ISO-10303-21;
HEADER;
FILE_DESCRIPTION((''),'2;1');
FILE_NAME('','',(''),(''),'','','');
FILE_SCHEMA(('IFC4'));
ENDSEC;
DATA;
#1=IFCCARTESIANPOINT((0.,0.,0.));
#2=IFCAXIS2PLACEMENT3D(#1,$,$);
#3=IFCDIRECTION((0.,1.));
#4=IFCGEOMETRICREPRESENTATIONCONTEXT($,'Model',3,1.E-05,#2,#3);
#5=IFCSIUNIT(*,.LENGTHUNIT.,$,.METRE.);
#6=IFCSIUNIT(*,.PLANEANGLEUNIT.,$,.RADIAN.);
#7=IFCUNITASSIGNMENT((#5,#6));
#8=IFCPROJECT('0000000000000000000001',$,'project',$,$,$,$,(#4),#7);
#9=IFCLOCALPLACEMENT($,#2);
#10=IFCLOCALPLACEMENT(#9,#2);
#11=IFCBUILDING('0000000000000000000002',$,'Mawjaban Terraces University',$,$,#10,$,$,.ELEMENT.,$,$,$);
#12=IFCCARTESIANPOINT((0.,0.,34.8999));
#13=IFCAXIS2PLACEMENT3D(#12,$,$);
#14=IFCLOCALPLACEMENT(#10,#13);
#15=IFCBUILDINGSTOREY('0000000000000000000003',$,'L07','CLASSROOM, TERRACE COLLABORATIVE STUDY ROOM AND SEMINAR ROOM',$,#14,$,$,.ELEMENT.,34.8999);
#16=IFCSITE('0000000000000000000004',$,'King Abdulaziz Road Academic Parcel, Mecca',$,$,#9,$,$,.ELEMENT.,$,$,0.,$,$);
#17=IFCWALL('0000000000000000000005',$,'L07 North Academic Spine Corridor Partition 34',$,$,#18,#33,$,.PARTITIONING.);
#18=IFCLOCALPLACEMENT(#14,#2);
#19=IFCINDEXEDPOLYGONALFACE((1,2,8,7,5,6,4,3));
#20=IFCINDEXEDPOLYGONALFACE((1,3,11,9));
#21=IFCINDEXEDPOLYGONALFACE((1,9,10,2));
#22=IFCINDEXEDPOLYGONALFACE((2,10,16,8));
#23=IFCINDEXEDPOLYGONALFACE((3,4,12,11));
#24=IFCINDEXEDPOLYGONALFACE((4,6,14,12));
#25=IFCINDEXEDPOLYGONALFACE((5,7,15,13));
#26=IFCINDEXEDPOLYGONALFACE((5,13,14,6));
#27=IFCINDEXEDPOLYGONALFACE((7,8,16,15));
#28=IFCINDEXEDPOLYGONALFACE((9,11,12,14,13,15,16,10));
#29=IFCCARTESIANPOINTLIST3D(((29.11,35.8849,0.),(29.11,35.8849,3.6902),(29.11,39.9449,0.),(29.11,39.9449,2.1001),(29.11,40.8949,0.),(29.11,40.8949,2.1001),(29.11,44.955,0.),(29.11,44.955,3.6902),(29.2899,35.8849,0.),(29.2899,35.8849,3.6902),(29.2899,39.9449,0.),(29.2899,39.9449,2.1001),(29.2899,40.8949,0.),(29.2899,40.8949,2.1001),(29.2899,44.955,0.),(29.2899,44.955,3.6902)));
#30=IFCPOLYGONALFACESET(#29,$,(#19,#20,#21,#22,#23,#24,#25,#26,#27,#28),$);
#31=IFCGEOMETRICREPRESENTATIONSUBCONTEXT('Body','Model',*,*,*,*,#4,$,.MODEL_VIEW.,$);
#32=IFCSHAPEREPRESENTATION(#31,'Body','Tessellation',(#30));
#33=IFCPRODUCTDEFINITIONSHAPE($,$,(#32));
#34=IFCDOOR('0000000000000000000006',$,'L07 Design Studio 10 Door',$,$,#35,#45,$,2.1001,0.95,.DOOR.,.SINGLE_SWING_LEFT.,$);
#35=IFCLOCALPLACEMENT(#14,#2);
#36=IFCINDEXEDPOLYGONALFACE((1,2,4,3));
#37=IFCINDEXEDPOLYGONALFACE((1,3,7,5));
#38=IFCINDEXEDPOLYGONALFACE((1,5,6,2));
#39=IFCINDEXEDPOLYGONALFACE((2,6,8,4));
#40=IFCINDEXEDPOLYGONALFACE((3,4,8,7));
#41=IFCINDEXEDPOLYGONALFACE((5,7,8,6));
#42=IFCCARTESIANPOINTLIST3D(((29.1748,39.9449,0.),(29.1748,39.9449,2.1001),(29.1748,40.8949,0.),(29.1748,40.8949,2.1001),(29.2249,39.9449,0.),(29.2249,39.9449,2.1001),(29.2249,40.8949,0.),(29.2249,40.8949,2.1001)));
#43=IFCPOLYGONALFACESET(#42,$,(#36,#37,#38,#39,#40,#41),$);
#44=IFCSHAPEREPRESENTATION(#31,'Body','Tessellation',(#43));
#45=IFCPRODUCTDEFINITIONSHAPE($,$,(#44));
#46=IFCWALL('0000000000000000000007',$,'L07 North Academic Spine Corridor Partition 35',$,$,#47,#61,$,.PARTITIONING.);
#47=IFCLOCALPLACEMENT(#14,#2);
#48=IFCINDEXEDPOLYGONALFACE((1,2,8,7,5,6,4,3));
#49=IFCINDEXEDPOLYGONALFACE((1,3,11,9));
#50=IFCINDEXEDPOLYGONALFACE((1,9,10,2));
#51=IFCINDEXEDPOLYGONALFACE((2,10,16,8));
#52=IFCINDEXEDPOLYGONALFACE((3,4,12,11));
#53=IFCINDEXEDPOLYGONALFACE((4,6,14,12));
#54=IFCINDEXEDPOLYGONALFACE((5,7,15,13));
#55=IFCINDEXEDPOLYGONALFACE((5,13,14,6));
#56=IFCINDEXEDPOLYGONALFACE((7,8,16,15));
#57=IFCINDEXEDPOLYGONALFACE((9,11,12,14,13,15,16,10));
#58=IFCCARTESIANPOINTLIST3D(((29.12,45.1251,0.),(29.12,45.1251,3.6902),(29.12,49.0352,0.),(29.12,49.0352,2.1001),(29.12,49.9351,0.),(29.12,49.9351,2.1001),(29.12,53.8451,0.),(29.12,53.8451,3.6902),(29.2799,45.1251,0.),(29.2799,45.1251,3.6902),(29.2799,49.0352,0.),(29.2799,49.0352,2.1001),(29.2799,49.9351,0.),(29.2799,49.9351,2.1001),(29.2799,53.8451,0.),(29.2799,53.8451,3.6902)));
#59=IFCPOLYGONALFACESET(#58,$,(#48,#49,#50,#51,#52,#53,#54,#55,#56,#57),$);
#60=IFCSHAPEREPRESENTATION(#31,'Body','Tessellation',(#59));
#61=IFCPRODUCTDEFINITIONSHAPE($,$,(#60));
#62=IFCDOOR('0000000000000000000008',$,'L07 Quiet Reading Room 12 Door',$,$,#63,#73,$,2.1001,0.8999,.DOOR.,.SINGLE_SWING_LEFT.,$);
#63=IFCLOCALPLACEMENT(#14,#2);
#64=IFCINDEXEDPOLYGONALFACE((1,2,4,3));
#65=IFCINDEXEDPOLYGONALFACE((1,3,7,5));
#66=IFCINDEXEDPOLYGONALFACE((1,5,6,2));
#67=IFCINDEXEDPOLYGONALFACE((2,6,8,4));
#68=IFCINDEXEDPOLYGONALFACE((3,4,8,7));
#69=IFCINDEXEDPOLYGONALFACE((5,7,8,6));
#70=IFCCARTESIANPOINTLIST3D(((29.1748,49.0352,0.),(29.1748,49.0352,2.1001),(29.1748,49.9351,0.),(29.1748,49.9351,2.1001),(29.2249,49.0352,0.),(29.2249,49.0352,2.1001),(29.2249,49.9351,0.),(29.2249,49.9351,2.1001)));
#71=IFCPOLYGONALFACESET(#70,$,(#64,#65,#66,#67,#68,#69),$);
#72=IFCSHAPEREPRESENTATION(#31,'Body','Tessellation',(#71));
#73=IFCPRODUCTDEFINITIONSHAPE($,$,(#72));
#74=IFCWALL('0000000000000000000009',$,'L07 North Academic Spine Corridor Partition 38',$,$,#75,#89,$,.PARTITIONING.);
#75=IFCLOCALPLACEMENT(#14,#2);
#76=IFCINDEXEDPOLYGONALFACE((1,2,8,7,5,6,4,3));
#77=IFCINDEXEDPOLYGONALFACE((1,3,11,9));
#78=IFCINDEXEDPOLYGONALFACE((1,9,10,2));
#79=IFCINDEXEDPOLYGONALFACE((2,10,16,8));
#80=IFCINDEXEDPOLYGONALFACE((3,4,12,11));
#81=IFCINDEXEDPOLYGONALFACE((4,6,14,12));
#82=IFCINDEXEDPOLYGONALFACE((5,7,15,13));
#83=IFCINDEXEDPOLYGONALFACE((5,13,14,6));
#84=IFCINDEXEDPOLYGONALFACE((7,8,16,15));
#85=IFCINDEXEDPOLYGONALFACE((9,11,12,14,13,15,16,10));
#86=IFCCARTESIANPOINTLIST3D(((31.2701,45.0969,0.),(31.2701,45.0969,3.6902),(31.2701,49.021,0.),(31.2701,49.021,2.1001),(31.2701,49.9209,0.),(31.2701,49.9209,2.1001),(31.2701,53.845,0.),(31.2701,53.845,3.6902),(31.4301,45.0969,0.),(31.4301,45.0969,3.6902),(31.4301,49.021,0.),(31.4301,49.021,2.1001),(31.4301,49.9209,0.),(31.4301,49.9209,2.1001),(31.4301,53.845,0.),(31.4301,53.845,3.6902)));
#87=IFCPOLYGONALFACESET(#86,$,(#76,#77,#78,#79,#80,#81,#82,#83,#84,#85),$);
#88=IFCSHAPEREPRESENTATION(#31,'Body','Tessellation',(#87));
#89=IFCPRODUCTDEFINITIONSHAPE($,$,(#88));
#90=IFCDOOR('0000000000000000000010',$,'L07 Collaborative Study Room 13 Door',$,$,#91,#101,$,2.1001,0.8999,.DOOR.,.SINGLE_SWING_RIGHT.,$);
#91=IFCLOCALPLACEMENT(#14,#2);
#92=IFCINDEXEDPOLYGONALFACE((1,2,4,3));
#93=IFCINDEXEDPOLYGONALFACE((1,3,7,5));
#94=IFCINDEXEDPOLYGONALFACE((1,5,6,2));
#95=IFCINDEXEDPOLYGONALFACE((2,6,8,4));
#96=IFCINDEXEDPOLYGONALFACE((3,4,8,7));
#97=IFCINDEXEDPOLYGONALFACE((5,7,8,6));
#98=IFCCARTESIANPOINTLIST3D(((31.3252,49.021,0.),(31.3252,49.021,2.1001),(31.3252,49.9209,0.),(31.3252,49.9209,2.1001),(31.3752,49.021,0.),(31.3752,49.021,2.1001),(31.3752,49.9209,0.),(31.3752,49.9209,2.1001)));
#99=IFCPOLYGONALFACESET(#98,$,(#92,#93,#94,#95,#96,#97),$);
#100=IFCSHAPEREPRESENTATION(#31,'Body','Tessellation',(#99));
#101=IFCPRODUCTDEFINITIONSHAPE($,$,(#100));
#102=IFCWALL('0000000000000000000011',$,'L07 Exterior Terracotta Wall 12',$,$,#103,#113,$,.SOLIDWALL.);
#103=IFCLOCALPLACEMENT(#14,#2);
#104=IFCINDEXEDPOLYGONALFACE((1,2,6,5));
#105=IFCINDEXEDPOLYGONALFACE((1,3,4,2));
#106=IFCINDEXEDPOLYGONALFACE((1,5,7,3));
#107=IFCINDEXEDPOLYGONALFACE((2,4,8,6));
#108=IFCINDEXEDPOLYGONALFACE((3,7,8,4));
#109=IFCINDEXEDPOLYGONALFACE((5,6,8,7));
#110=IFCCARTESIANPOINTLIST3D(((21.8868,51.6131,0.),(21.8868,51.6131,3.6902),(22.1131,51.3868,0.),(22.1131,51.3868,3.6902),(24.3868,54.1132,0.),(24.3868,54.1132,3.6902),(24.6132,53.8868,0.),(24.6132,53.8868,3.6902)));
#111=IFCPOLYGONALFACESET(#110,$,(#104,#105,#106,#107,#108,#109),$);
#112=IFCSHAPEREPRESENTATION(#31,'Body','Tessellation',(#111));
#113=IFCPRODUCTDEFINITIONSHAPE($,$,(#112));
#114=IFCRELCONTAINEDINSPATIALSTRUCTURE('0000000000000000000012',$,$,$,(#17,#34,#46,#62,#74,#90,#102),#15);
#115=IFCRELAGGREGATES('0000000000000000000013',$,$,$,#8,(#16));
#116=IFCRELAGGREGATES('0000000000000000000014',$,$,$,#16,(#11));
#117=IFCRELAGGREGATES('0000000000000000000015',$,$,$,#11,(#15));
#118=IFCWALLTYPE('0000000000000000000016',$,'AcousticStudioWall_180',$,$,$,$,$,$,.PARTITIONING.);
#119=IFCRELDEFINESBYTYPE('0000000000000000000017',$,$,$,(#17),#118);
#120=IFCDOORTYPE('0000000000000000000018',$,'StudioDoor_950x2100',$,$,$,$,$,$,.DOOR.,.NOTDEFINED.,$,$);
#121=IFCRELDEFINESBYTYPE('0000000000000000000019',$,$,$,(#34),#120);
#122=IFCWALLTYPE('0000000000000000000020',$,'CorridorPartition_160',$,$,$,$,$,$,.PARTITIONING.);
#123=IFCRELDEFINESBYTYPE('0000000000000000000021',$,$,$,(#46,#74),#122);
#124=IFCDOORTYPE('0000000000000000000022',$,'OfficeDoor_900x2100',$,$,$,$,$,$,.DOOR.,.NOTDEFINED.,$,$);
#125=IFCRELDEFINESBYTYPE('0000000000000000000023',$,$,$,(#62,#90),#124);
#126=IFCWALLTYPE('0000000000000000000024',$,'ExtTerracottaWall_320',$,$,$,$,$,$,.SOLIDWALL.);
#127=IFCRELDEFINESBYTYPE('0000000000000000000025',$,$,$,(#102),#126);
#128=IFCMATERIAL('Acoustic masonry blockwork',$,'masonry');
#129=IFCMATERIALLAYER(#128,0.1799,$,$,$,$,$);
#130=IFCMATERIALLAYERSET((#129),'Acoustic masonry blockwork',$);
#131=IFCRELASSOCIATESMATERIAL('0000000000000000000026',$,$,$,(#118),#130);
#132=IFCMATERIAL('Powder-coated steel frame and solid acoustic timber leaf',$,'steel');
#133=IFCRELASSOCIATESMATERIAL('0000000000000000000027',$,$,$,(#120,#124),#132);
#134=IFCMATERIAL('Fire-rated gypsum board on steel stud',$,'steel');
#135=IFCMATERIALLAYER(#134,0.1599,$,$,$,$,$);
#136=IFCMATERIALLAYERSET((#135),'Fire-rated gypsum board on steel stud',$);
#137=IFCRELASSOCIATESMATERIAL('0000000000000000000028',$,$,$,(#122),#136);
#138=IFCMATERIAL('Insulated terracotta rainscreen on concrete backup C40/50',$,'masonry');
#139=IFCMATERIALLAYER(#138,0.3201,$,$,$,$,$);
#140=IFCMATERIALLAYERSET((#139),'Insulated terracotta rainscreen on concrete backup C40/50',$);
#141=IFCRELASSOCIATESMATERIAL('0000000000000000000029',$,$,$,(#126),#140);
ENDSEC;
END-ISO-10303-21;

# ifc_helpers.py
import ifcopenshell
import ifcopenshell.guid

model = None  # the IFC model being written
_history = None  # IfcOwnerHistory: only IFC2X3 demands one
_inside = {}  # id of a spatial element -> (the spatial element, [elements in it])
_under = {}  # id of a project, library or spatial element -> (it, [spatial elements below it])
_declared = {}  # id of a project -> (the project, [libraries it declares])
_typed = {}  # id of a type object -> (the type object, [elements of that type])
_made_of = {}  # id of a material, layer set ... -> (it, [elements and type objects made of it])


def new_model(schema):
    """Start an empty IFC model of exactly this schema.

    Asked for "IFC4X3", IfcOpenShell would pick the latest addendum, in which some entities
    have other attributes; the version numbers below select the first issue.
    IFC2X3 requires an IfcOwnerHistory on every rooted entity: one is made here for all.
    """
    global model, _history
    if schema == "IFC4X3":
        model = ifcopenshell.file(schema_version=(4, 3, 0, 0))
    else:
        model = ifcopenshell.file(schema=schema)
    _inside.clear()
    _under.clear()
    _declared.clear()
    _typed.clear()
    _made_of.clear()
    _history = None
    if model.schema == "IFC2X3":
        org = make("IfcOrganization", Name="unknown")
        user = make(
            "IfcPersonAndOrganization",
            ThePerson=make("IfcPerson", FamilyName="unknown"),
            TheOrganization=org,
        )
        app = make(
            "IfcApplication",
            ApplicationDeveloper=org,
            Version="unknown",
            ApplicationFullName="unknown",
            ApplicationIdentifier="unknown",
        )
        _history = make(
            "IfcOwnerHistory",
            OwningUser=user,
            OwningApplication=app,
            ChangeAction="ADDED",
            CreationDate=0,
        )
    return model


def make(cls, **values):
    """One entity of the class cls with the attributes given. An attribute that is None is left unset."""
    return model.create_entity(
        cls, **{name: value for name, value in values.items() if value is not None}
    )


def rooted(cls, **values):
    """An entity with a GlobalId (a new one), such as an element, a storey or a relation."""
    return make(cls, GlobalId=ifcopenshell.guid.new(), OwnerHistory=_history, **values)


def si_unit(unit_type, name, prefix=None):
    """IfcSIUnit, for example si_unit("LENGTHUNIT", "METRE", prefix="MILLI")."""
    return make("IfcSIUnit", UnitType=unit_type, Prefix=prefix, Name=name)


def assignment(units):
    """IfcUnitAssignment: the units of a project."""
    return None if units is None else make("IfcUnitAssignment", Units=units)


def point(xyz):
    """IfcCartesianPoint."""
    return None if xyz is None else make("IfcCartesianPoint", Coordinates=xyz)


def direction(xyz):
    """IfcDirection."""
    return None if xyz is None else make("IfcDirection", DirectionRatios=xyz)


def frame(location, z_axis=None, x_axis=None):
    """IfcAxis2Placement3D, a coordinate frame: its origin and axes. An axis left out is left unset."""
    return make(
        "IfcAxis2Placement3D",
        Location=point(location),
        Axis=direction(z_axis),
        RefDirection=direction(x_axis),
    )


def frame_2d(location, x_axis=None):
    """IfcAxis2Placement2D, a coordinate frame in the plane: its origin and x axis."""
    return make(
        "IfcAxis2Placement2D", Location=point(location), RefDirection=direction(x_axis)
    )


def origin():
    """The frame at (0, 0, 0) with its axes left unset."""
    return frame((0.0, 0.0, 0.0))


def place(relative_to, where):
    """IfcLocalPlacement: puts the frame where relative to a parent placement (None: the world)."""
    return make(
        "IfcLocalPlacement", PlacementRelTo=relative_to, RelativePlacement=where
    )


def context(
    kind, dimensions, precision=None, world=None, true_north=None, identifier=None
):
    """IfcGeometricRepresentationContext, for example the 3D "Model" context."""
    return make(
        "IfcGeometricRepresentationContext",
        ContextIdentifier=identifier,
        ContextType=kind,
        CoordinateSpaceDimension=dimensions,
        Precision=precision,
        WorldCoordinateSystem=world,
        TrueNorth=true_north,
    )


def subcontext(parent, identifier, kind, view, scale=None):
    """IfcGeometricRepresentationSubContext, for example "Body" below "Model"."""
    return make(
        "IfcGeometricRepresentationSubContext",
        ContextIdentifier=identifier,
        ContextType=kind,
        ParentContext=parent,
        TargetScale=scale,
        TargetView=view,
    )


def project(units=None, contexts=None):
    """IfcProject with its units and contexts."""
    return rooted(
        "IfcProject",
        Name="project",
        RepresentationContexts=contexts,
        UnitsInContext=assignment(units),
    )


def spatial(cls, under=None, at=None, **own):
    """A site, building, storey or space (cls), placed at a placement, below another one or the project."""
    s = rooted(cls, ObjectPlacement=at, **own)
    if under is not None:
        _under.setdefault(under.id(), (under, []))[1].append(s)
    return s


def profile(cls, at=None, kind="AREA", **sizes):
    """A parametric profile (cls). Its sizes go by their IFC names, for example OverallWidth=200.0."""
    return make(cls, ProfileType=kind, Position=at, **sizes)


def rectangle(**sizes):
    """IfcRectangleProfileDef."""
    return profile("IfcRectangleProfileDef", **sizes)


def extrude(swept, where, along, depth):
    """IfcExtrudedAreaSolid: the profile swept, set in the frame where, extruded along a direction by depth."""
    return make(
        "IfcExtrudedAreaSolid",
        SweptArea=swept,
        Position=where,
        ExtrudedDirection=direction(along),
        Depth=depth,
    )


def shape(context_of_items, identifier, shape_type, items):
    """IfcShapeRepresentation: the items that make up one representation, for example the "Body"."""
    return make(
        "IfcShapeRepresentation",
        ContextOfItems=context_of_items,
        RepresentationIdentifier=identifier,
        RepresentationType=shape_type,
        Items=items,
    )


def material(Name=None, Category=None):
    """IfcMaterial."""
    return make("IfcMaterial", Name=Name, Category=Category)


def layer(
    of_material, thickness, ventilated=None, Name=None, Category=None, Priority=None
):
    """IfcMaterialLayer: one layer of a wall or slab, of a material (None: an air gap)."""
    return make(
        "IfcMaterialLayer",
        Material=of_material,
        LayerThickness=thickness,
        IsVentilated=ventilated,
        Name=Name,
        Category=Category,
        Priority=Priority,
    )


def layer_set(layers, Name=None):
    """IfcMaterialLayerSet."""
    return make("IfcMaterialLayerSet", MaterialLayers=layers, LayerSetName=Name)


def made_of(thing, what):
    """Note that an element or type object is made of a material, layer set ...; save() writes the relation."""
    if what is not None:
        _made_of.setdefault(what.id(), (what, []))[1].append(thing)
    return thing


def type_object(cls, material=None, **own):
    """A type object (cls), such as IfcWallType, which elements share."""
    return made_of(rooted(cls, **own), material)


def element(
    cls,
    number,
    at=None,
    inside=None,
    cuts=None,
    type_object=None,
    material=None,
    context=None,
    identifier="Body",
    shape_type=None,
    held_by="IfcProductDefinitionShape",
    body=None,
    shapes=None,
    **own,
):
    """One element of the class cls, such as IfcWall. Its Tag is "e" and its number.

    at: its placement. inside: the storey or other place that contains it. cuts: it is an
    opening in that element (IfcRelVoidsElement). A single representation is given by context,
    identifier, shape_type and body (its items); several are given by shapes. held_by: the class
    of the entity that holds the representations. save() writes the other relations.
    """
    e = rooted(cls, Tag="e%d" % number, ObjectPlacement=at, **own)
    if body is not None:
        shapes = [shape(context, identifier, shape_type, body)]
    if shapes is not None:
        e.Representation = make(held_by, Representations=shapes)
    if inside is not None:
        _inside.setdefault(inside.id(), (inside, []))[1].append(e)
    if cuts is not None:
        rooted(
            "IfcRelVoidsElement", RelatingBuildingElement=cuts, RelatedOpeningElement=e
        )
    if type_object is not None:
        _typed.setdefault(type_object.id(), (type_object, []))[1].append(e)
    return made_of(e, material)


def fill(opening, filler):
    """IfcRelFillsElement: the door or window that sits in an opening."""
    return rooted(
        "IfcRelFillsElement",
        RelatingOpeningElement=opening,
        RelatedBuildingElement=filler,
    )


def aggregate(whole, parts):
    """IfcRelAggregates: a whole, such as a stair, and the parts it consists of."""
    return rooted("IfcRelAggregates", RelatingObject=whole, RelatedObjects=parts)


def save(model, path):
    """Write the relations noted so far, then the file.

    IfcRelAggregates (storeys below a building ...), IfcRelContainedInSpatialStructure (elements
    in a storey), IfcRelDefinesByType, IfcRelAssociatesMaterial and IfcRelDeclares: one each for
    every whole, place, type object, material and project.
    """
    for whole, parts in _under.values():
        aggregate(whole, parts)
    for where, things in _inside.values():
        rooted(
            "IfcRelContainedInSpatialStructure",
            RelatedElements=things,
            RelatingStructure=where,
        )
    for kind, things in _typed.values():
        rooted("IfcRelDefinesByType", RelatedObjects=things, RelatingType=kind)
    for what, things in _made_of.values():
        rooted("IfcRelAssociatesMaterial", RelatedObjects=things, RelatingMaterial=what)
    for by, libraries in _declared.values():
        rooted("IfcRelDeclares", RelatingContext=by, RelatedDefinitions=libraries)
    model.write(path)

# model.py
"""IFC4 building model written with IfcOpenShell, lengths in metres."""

from ifc_helpers import new_model, si_unit, direction, frame, frame_2d, origin, place, context, subcontext, project, spatial, rectangle, extrude, material, layer, layer_set, type_object, element, fill, save


model = new_model("IFC4")

# Units and contexts
model_context = context("Model", 3, precision=1e-05, world=origin(), true_north=direction((0.0, 1.0)))
body_context = subcontext(model_context, "Body", "Model", "MODEL_VIEW")
ifc_project = project(units=[si_unit("LENGTHUNIT", "METRE"), si_unit("PLANEANGLEUNIT", "RADIAN")], contexts=[model_context])

# Site, building, storey
site_placement = place(None, origin())
site = spatial("IfcSite", under=ifc_project, at=site_placement, Name="King Abdulaziz Road Academic Parcel, Mecca", CompositionType="ELEMENT", RefElevation=0.0)
building_placement = place(site_placement, origin())
building = spatial("IfcBuilding", under=site, at=building_placement, Name="Mawjaban Terraces University", CompositionType="ELEMENT")
storey_placement = place(building_placement, frame((0.0, 0.0, 34.8999)))
storey = spatial("IfcBuildingStorey", under=building, at=storey_placement, Name="L07", Description="CLASSROOM, TERRACE COLLABORATIVE STUDY ROOM AND SEMINAR ROOM", CompositionType="ELEMENT", Elevation=34.8999)

# Shared definitions
ifc_material_1 = material(Name="Acoustic masonry blockwork", Category="masonry")
ifc_layer_1 = layer(ifc_material_1, 0.1799)
ifc_layer_set_1 = layer_set([ifc_layer_1], Name="Acoustic masonry blockwork")
wall_type_1 = type_object("IfcWallType", Name="AcousticStudioWall_180", PredefinedType="PARTITIONING", material=ifc_layer_set_1)

# Walls, openings, doors
wall_1_placement = place(storey_placement, frame((29.2, 44.9551, 0.0), z_axis=(0.0, 0.0, 1.0), x_axis=(0.0, -1.0, 0.0)))
wall_1 = element("IfcWall", 1, at=wall_1_placement, inside=storey, type_object=wall_type_1, Name="L07 North Academic Spine Corridor Partition 34", PredefinedType="PARTITIONING", context=body_context, shape_type="SweptSolid", body=[
    extrude(rectangle(XDim=9.0701, YDim=0.1799, at=frame_2d((4.5352, 0.0))), origin(), (0.0, 0.0, 1.0), 3.6902),
])
opening_1_placement = place(wall_1_placement, frame((4.0601, 0.0, 0.0)))
opening_1 = element("IfcOpeningElement", 2, at=opening_1_placement, cuts=wall_1, PredefinedType="OPENING", context=body_context, shape_type="SweptSolid", body=[
    extrude(rectangle(XDim=0.95, YDim=2.1001, at=frame_2d((0.4751, 1.05))), frame((0.0, 0.0999, 0.0), z_axis=(0.0, -1.0, 0.0), x_axis=(1.0, 0.0, 0.0)), (0.0, 0.0, 1.0), 0.2),
])
ifc_material_2 = material(Name="Powder-coated steel frame and solid acoustic timber leaf", Category="steel")
door_type_1 = type_object("IfcDoorType", Name="StudioDoor_950x2100", OperationType="NOTDEFINED", PredefinedType="DOOR", material=ifc_material_2)
door_1_placement = place(opening_1_placement, origin())
door_1 = element("IfcDoor", 3, at=door_1_placement, inside=storey, type_object=door_type_1, Name="L07 Design Studio 10 Door", OperationType="SINGLE_SWING_LEFT", OverallHeight=2.1001, OverallWidth=0.95, PredefinedType="DOOR", context=body_context, shape_type="SweptSolid", body=[
    extrude(rectangle(XDim=0.95, YDim=2.1001, at=frame_2d((0.4751, 1.05))), frame((0.0, 0.0249, 0.0), z_axis=(0.0, -1.0, 0.0), x_axis=(1.0, 0.0, 0.0)), (0.0, 0.0, 1.0), 0.05),
])
fill(opening_1, door_1)
ifc_material_3 = material(Name="Fire-rated gypsum board on steel stud", Category="steel")
ifc_layer_2 = layer(ifc_material_3, 0.1599)
ifc_layer_set_2 = layer_set([ifc_layer_2], Name="Fire-rated gypsum board on steel stud")
wall_type_2 = type_object("IfcWallType", Name="CorridorPartition_160", PredefinedType="PARTITIONING", material=ifc_layer_set_2)
wall_2_placement = place(storey_placement, frame((29.2, 53.845, 0.0), z_axis=(0.0, 0.0, 1.0), x_axis=(0.0, -1.0, 0.0)))
wall_2 = element("IfcWall", 4, at=wall_2_placement, inside=storey, type_object=wall_type_2, Name="L07 North Academic Spine Corridor Partition 35", PredefinedType="PARTITIONING", context=body_context, shape_type="SweptSolid", body=[
    extrude(rectangle(XDim=8.72, YDim=0.1599, at=frame_2d((4.3599, 0.0))), origin(), (0.0, 0.0, 1.0), 3.6902),
])
opening_2_placement = place(wall_2_placement, frame((3.9099, 0.0, 0.0)))
opening_2 = element("IfcOpeningElement", 5, at=opening_2_placement, cuts=wall_2, PredefinedType="OPENING", context=body_context, shape_type="SweptSolid", body=[
    extrude(rectangle(XDim=0.8999, YDim=2.1001, at=frame_2d((0.45, 1.05))), frame((0.0, 0.0898, 0.0), z_axis=(0.0, -1.0, 0.0), x_axis=(1.0, 0.0, 0.0)), (0.0, 0.0, 1.0), 0.1799),
])
door_type_2 = type_object("IfcDoorType", Name="OfficeDoor_900x2100", OperationType="NOTDEFINED", PredefinedType="DOOR", material=ifc_material_2)
door_2_placement = place(opening_2_placement, origin())
door_2 = element("IfcDoor", 6, at=door_2_placement, inside=storey, type_object=door_type_2, Name="L07 Quiet Reading Room 12 Door", OperationType="SINGLE_SWING_LEFT", OverallHeight=2.1001, OverallWidth=0.8999, PredefinedType="DOOR", context=body_context, shape_type="SweptSolid", body=[
    extrude(rectangle(XDim=0.8999, YDim=2.1001, at=frame_2d((0.45, 1.05))), frame((0.0, 0.0249, 0.0), z_axis=(0.0, -1.0, 0.0), x_axis=(1.0, 0.0, 0.0)), (0.0, 0.0, 1.0), 0.05),
])
fill(opening_2, door_2)
wall_3_placement = place(storey_placement, frame((31.3501, 45.0969, 0.0), z_axis=(0.0, 0.0, 1.0), x_axis=(0.0, 1.0, 0.0)))
wall_3 = element("IfcWall", 7, at=wall_3_placement, inside=storey, type_object=wall_type_2, Name="L07 North Academic Spine Corridor Partition 38", PredefinedType="PARTITIONING", context=body_context, shape_type="SweptSolid", body=[
    extrude(rectangle(XDim=8.748, YDim=0.1599, at=frame_2d((4.374, 0.0))), origin(), (0.0, 0.0, 1.0), 3.6902),
])
opening_3_placement = place(wall_3_placement, frame((3.9241, 0.0, 0.0)))
opening_3 = element("IfcOpeningElement", 8, at=opening_3_placement, cuts=wall_3, PredefinedType="OPENING", context=body_context, shape_type="SweptSolid", body=[
    extrude(rectangle(XDim=0.8999, YDim=2.1001, at=frame_2d((0.45, 1.05))), frame((0.0, 0.0898, 0.0), z_axis=(0.0, -1.0, 0.0), x_axis=(1.0, 0.0, 0.0)), (0.0, 0.0, 1.0), 0.1799),
])
door_3_placement = place(opening_3_placement, origin())
door_3 = element("IfcDoor", 9, at=door_3_placement, inside=storey, type_object=door_type_2, Name="L07 Collaborative Study Room 13 Door", OperationType="SINGLE_SWING_RIGHT", OverallHeight=2.1001, OverallWidth=0.8999, PredefinedType="DOOR", context=body_context, shape_type="SweptSolid", body=[
    extrude(rectangle(XDim=0.8999, YDim=2.1001, at=frame_2d((0.45, 1.05))), frame((0.0, 0.0249, 0.0), z_axis=(0.0, -1.0, 0.0), x_axis=(1.0, 0.0, 0.0)), (0.0, 0.0, 1.0), 0.05),
])
fill(opening_3, door_3)

# Wall
ifc_material_4 = material(Name="Insulated terracotta rainscreen on concrete backup C40/50", Category="masonry")
ifc_layer_3 = layer(ifc_material_4, 0.3201)
ifc_layer_set_3 = layer_set([ifc_layer_3], Name="Insulated terracotta rainscreen on concrete backup C40/50")
wall_type_3 = type_object("IfcWallType", Name="ExtTerracottaWall_320", PredefinedType="SOLIDWALL", material=ifc_layer_set_3)
wall_4_placement = place(storey_placement, frame((24.5, 54.0, 0.0), z_axis=(0.0, 0.0, 1.0), x_axis=(-0.707107, -0.707107, 0.0)))
element("IfcWall", 10, at=wall_4_placement, inside=storey, type_object=wall_type_3, Name="L07 Exterior Terracotta Wall 12", PredefinedType="SOLIDWALL", context=body_context, shape_type="SweptSolid", body=[
    extrude(rectangle(XDim=3.5356, YDim=0.3201, at=frame_2d((1.7678, 0.0))), origin(), (0.0, 0.0, 1.0), 3.6902),
])

save(model, "model.ifc")
